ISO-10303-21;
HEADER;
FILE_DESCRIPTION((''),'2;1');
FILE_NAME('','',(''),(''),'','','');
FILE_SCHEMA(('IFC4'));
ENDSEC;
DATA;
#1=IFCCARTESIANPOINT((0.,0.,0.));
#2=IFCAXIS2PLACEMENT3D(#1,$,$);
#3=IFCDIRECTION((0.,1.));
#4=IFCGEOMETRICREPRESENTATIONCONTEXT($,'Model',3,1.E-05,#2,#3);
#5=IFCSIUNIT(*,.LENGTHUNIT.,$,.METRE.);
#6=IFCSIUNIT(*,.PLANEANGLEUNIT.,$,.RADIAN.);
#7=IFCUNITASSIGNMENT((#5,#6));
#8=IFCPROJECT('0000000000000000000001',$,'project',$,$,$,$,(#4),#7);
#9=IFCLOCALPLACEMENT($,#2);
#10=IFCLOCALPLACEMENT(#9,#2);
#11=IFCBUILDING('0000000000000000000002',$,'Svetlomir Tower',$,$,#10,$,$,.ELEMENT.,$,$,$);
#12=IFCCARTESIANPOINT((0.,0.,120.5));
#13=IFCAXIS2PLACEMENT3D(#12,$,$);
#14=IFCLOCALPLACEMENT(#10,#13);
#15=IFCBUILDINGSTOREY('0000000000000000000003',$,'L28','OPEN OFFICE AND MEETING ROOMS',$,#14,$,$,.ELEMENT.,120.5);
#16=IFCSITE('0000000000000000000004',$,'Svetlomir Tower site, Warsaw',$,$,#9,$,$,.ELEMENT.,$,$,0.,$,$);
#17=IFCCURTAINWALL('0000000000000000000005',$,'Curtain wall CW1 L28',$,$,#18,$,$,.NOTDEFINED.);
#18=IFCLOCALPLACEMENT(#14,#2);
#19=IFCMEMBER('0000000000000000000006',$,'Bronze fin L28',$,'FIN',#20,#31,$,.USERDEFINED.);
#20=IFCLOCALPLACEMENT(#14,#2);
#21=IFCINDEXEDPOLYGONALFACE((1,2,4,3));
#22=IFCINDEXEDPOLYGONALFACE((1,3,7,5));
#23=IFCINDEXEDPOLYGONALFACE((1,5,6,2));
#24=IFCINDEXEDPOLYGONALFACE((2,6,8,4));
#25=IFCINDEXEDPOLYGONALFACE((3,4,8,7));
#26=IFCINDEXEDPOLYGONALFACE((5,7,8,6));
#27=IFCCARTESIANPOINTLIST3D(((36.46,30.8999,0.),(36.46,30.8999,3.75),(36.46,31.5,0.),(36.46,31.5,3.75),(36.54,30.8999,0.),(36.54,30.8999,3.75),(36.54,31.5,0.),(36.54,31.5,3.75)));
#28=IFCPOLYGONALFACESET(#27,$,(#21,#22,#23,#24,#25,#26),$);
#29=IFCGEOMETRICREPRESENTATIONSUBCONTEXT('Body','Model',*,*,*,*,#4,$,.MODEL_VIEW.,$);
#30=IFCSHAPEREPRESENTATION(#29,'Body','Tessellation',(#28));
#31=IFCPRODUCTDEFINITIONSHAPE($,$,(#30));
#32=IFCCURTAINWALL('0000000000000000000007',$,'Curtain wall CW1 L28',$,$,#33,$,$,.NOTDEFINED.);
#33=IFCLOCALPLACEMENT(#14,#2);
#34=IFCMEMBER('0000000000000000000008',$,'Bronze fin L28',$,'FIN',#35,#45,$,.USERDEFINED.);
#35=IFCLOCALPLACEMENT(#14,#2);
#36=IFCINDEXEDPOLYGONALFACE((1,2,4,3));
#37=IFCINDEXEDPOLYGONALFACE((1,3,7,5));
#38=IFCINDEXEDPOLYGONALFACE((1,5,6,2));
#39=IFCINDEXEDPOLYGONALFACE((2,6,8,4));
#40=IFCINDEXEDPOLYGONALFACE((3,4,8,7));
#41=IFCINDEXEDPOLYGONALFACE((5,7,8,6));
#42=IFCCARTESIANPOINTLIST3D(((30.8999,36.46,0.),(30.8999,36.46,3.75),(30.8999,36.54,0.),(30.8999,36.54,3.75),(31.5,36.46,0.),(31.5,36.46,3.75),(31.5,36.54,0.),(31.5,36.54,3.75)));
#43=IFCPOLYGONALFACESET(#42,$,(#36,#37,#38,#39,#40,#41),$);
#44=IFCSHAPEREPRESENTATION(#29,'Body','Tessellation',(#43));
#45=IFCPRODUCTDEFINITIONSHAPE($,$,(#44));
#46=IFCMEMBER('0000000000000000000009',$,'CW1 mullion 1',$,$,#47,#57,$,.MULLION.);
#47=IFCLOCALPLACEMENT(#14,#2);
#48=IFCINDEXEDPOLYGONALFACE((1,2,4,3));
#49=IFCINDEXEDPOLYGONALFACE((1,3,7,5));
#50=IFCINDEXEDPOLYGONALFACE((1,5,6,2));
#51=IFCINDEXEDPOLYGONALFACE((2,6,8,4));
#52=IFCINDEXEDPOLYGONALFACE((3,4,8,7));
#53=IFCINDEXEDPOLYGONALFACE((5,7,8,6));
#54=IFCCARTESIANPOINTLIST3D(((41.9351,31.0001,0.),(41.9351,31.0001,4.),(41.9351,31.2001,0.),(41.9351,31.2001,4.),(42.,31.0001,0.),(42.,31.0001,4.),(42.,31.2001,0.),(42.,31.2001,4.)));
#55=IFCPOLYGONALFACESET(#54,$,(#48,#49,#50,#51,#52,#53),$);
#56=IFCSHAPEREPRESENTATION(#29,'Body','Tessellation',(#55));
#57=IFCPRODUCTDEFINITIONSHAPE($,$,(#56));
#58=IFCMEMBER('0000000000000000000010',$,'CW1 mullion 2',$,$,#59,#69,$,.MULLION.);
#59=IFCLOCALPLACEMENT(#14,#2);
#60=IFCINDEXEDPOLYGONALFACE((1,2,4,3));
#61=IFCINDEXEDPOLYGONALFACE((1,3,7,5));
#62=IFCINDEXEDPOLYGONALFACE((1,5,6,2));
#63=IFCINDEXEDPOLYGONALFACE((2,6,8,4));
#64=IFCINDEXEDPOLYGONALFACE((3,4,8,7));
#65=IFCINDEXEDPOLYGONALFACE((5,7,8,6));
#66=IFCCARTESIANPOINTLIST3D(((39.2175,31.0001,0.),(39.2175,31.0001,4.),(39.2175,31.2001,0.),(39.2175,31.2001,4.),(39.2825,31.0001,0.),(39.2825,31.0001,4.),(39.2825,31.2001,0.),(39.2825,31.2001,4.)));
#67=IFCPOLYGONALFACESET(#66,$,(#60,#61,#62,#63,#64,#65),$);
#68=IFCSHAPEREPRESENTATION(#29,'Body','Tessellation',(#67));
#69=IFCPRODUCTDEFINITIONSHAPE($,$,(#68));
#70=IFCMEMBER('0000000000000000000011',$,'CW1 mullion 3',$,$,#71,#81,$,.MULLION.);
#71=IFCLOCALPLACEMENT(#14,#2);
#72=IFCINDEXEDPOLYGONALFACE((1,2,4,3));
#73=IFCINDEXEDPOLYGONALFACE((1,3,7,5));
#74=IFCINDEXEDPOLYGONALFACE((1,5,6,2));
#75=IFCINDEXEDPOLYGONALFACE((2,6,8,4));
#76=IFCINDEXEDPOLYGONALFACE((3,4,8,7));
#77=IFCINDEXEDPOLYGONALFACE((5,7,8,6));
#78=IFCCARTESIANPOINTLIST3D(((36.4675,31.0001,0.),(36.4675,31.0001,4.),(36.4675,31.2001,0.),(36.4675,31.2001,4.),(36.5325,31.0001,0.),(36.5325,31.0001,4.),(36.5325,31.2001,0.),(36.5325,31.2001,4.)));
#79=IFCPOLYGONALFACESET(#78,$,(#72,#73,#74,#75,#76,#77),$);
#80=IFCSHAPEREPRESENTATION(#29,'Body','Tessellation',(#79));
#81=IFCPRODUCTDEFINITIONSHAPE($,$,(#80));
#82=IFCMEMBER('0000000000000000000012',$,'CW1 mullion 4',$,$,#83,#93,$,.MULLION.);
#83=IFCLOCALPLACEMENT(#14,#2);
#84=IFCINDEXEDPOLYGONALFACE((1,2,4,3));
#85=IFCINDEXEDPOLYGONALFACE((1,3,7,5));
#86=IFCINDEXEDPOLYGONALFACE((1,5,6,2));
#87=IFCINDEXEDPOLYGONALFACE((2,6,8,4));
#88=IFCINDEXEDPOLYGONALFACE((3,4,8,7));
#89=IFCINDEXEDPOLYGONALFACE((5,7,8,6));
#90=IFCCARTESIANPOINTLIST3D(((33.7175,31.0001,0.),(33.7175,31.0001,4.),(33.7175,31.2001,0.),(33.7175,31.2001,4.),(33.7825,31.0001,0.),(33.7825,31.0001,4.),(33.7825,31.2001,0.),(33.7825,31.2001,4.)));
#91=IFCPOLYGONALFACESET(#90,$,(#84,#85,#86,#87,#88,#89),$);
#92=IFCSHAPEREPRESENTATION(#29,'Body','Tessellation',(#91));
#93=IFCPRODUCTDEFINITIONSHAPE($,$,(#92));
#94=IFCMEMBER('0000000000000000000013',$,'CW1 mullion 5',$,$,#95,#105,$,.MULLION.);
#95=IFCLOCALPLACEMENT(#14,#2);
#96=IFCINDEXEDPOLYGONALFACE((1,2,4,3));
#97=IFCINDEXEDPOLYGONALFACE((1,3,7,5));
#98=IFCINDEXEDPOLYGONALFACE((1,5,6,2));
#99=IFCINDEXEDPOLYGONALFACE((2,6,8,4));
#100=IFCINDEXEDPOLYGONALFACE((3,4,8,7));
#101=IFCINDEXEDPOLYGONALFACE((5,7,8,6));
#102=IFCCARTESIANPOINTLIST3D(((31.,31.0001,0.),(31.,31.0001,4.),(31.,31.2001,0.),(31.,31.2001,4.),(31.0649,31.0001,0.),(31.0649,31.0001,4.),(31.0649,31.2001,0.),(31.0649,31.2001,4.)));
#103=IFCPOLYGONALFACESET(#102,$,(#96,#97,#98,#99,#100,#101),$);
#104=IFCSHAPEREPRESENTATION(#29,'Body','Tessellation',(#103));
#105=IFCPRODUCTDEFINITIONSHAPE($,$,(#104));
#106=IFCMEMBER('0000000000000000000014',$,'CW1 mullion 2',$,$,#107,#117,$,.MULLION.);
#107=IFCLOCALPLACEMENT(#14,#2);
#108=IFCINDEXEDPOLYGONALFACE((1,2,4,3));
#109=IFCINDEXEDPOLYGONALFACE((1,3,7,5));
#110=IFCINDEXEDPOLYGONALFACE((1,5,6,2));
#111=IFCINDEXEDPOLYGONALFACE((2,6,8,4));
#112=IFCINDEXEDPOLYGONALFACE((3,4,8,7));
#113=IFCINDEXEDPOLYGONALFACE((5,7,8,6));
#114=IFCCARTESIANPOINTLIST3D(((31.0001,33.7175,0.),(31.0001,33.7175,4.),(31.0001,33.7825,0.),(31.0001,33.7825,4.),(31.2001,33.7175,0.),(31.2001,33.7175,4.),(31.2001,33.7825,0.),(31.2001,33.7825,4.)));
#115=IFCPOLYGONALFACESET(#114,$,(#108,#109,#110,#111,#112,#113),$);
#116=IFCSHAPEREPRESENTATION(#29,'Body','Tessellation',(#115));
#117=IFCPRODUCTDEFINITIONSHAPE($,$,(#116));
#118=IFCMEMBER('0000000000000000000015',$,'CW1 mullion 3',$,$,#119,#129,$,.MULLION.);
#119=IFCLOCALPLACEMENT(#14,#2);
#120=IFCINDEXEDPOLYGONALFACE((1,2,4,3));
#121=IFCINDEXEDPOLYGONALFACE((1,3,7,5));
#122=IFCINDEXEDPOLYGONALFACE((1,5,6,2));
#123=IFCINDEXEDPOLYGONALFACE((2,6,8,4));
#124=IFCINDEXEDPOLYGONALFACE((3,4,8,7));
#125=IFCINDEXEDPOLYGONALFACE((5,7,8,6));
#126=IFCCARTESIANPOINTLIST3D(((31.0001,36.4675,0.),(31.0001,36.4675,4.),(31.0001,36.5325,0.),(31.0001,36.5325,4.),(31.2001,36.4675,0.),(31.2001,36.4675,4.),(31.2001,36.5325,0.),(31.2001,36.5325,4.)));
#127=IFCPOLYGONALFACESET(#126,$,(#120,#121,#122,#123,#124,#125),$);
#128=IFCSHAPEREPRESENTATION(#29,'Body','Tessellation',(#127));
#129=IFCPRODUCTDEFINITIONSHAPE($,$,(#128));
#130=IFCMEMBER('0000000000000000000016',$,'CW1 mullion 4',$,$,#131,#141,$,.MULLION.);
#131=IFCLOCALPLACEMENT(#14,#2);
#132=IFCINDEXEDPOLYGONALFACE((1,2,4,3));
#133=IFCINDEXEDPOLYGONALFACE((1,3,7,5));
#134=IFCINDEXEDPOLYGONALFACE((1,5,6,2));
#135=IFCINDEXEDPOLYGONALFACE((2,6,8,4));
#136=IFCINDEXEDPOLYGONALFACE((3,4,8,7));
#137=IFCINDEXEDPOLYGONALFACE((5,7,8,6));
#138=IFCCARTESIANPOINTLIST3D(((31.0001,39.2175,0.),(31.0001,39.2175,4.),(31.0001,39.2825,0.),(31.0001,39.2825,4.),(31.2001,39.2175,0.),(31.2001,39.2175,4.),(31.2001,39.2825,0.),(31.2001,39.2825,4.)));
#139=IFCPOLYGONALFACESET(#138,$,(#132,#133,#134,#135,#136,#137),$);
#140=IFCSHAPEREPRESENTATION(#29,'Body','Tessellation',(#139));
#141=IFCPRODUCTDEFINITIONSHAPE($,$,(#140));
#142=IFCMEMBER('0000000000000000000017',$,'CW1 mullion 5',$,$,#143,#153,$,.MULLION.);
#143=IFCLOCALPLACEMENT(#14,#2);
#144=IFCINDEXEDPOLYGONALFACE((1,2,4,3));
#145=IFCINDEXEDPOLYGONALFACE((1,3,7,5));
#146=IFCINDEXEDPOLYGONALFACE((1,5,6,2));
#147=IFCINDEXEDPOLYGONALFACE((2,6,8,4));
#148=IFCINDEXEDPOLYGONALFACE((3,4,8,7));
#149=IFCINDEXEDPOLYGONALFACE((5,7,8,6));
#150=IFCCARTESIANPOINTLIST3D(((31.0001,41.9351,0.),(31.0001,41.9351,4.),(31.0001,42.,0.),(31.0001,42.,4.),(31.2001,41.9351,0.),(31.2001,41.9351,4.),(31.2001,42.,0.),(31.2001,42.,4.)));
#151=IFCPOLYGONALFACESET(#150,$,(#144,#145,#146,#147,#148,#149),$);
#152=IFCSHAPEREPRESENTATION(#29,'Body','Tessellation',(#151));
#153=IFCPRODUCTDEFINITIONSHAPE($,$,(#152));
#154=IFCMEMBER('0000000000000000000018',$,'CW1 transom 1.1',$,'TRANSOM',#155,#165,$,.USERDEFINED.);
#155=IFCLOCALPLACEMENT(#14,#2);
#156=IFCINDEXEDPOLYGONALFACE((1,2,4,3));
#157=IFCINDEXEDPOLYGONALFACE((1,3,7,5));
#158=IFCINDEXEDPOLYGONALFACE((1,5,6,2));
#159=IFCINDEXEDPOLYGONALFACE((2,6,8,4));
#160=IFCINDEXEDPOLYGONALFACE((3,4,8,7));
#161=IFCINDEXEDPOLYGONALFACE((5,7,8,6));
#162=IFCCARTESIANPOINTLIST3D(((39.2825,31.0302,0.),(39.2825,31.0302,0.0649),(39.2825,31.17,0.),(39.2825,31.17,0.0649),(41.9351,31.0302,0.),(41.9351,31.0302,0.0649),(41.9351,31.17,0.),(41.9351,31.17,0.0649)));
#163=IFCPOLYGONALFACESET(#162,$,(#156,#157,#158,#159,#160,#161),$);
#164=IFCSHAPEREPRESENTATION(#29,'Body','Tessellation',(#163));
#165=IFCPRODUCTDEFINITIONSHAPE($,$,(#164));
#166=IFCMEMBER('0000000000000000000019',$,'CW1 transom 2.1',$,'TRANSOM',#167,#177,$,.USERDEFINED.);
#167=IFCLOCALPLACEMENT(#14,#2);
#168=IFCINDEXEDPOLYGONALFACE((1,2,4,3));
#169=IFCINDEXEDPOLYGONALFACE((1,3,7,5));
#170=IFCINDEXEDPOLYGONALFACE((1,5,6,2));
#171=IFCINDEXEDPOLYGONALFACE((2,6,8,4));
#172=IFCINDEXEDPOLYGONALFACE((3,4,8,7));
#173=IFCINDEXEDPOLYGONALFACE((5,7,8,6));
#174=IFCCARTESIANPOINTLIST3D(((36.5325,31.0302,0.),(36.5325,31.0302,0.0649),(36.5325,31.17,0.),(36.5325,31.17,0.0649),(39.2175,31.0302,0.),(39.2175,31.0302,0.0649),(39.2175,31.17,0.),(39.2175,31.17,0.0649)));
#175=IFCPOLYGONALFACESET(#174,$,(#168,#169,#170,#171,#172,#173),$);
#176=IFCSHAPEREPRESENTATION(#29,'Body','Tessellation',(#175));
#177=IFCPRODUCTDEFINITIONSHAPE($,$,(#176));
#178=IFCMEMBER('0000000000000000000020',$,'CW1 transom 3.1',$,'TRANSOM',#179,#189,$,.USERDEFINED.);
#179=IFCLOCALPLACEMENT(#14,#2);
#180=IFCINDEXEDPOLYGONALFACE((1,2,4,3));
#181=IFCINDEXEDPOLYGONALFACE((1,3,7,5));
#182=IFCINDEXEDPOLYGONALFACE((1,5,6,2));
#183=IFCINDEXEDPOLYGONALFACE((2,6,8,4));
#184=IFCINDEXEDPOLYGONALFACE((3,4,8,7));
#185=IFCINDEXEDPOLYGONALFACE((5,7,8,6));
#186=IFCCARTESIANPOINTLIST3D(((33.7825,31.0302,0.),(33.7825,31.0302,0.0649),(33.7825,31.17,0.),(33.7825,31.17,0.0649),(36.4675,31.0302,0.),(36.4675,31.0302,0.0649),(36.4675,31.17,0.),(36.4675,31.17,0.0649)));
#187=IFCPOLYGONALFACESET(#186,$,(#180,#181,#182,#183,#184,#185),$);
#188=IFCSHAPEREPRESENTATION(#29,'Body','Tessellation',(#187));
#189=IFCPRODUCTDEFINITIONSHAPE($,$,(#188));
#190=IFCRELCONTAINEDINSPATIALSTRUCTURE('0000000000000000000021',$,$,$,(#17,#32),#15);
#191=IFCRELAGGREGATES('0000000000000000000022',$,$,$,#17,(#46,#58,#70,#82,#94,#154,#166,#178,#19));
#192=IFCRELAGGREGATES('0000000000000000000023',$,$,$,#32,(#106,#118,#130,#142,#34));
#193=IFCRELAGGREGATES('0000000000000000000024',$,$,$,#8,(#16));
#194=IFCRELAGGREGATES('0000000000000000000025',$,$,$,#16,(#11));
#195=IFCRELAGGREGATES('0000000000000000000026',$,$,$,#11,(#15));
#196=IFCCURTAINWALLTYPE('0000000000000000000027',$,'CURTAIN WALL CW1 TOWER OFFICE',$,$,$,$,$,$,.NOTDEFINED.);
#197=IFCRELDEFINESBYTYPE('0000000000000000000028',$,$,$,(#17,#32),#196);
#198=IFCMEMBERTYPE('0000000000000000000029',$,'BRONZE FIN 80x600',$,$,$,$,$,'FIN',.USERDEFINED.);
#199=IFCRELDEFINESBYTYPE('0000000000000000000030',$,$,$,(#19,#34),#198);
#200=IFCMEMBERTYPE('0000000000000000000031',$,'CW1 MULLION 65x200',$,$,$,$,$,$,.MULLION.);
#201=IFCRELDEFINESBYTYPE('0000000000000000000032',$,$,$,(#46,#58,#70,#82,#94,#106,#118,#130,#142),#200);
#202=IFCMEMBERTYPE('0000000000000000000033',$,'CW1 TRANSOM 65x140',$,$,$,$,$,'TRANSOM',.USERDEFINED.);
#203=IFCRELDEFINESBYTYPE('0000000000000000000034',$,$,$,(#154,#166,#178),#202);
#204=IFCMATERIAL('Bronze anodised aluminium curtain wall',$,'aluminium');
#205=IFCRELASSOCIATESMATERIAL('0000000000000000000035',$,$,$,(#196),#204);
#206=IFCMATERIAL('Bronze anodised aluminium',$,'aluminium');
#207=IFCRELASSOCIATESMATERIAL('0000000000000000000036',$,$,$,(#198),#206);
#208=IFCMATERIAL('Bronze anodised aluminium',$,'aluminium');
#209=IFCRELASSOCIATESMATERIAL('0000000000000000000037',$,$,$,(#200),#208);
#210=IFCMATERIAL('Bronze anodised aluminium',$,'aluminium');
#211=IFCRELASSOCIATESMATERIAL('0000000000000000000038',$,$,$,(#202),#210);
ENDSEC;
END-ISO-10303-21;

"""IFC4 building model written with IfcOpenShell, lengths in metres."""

from ifc_helpers import new_model, si_unit, direction, frame, origin, origin_2d, place, context, subcontext, project, spatial, rectangle, extrude, material, material_profile, profile_set, type_object, element, aggregate, save


model = new_model("IFC4")

# Units and contexts
model_context = context("Model", 3, precision=1e-05, world=origin(), true_north=direction((0.0, 1.0)))
body_context = subcontext(model_context, "Body", "Model", "MODEL_VIEW")
ifc_project = project(units=[si_unit("LENGTHUNIT", "METRE"), si_unit("PLANEANGLEUNIT", "RADIAN")], contexts=[model_context])

# Site, building, storey
site_placement = place(None, origin())
site = spatial("IfcSite", under=ifc_project, at=site_placement, Name="Svetlomir Tower site, Warsaw", CompositionType="ELEMENT", RefElevation=0.0)
building_placement = place(site_placement, origin())
building = spatial("IfcBuilding", under=site, at=building_placement, Name="Svetlomir Tower", CompositionType="ELEMENT")
storey_placement = place(building_placement, frame((0.0, 0.0, 120.5)))
storey = spatial("IfcBuildingStorey", under=building, at=storey_placement, Name="L28", Description="OPEN OFFICE AND MEETING ROOMS", CompositionType="ELEMENT", Elevation=120.5)

# Curtain walls, members
ifc_material_1 = material(Name="Bronze anodised aluminium curtain wall", Category="aluminium")
curtain_wall_type = type_object("IfcCurtainWallType", Name="CURTAIN WALL CW1 TOWER OFFICE", PredefinedType="NOTDEFINED", material=ifc_material_1)
curtain_wall_1_placement = place(storey_placement, origin())
curtain_wall_1 = element("IfcCurtainWall", 1, at=curtain_wall_1_placement, inside=storey, type_object=curtain_wall_type, Name="Curtain wall CW1 L28", PredefinedType="NOTDEFINED")
ifc_material_2 = material(Name="Bronze anodised aluminium", Category="aluminium")
ifc_material_profile_1 = material_profile(ifc_material_2, rectangle(XDim=0.0801, YDim=0.6001, at=origin_2d()), Name="FIN 80x600")
ifc_profile_set_1 = profile_set([ifc_material_profile_1], Name="Bronze anodised aluminium 6063-T6")
member_type_1 = type_object("IfcMemberType", Name="BRONZE FIN 80x600", ElementType="FIN", PredefinedType="USERDEFINED", material=ifc_profile_set_1)
member_1_placement = place(storey_placement, frame((36.5, 31.2, 0.0), z_axis=(0.0, 0.0, 1.0), x_axis=(1.0, 0.0, 0.0)))
member_1 = element("IfcMember", 2, at=member_1_placement, type_object=member_type_1, Name="Bronze fin L28", ObjectType="FIN", PredefinedType="USERDEFINED", context=body_context, shape_type="SweptSolid", body=[
    extrude(rectangle(XDim=0.0801, YDim=0.6001, at=origin_2d()), origin(), (0.0, 0.0, 1.0), 3.75),
])
curtain_wall_2_placement = place(storey_placement, origin())
curtain_wall_2 = element("IfcCurtainWall", 3, at=curtain_wall_2_placement, inside=storey, type_object=curtain_wall_type, Name="Curtain wall CW1 L28", PredefinedType="NOTDEFINED")
member_2_placement = place(storey_placement, frame((31.2, 36.5, 0.0), z_axis=(0.0, 0.0, 1.0), x_axis=(0.0, 1.0, 0.0)))
member_2 = element("IfcMember", 4, at=member_2_placement, type_object=member_type_1, Name="Bronze fin L28", ObjectType="FIN", PredefinedType="USERDEFINED", context=body_context, shape_type="SweptSolid", body=[
    extrude(rectangle(XDim=0.0801, YDim=0.6001, at=origin_2d()), origin(), (0.0, 0.0, 1.0), 3.75),
])

# Members
ifc_material_3 = material(Name="Bronze anodised aluminium", Category="aluminium")
ifc_material_profile_2 = material_profile(ifc_material_3, rectangle(XDim=0.0649, YDim=0.2, at=origin_2d()), Name="AL 65x200")
ifc_profile_set_2 = profile_set([ifc_material_profile_2], Name="Bronze anodised aluminium 6063-T6")
member_type_2 = type_object("IfcMemberType", Name="CW1 MULLION 65x200", PredefinedType="MULLION", material=ifc_profile_set_2)
member_3_placement = place(storey_placement, frame((41.9675, 31.1001, 0.0), z_axis=(0.0, 0.0, 1.0), x_axis=(-1.0, 0.0, 0.0)))
member_3 = element("IfcMember", 5, at=member_3_placement, type_object=member_type_2, Name="CW1 mullion 1", PredefinedType="MULLION", context=body_context, shape_type="SweptSolid", body=[
    extrude(rectangle(XDim=0.0649, YDim=0.2, at=origin_2d()), origin(), (0.0, 0.0, 1.0), 4.0),
])
member_4_placement = place(storey_placement, frame((39.25, 31.1001, 0.0), z_axis=(0.0, 0.0, 1.0), x_axis=(-1.0, 0.0, 0.0)))
member_4 = element("IfcMember", 6, at=member_4_placement, type_object=member_type_2, Name="CW1 mullion 2", PredefinedType="MULLION", context=body_context, shape_type="SweptSolid", body=[
    extrude(rectangle(XDim=0.0649, YDim=0.2, at=origin_2d()), origin(), (0.0, 0.0, 1.0), 4.0),
])
member_5_placement = place(storey_placement, frame((36.5, 31.1001, 0.0), z_axis=(0.0, 0.0, 1.0), x_axis=(-1.0, 0.0, 0.0)))
member_5 = element("IfcMember", 7, at=member_5_placement, type_object=member_type_2, Name="CW1 mullion 3", PredefinedType="MULLION", context=body_context, shape_type="SweptSolid", body=[
    extrude(rectangle(XDim=0.0649, YDim=0.2, at=origin_2d()), origin(), (0.0, 0.0, 1.0), 4.0),
])
member_6_placement = place(storey_placement, frame((33.75, 31.1001, 0.0), z_axis=(0.0, 0.0, 1.0), x_axis=(-1.0, 0.0, 0.0)))
member_6 = element("IfcMember", 8, at=member_6_placement, type_object=member_type_2, Name="CW1 mullion 4", PredefinedType="MULLION", context=body_context, shape_type="SweptSolid", body=[
    extrude(rectangle(XDim=0.0649, YDim=0.2, at=origin_2d()), origin(), (0.0, 0.0, 1.0), 4.0),
])
member_7_placement = place(storey_placement, frame((31.0325, 31.1001, 0.0), z_axis=(0.0, 0.0, 1.0), x_axis=(-1.0, 0.0, 0.0)))
member_7 = element("IfcMember", 9, at=member_7_placement, type_object=member_type_2, Name="CW1 mullion 5", PredefinedType="MULLION", context=body_context, shape_type="SweptSolid", body=[
    extrude(rectangle(XDim=0.0649, YDim=0.2, at=origin_2d()), origin(), (0.0, 0.0, 1.0), 4.0),
])
member_8_placement = place(storey_placement, frame((31.1001, 33.75, 0.0), z_axis=(0.0, 0.0, 1.0), x_axis=(0.0, 1.0, 0.0)))
member_8 = element("IfcMember", 10, at=member_8_placement, type_object=member_type_2, Name="CW1 mullion 2", PredefinedType="MULLION", context=body_context, shape_type="SweptSolid", body=[
    extrude(rectangle(XDim=0.0649, YDim=0.2, at=origin_2d()), origin(), (0.0, 0.0, 1.0), 4.0),
])
member_9_placement = place(storey_placement, frame((31.1001, 36.5, 0.0), z_axis=(0.0, 0.0, 1.0), x_axis=(0.0, 1.0, 0.0)))
member_9 = element("IfcMember", 11, at=member_9_placement, type_object=member_type_2, Name="CW1 mullion 3", PredefinedType="MULLION", context=body_context, shape_type="SweptSolid", body=[
    extrude(rectangle(XDim=0.0649, YDim=0.2, at=origin_2d()), origin(), (0.0, 0.0, 1.0), 4.0),
])
member_10_placement = place(storey_placement, frame((31.1001, 39.25, 0.0), z_axis=(0.0, 0.0, 1.0), x_axis=(0.0, 1.0, 0.0)))
member_10 = element("IfcMember", 12, at=member_10_placement, type_object=member_type_2, Name="CW1 mullion 4", PredefinedType="MULLION", context=body_context, shape_type="SweptSolid", body=[
    extrude(rectangle(XDim=0.0649, YDim=0.2, at=origin_2d()), origin(), (0.0, 0.0, 1.0), 4.0),
])
member_11_placement = place(storey_placement, frame((31.1001, 41.9675, 0.0), z_axis=(0.0, 0.0, 1.0), x_axis=(0.0, 1.0, 0.0)))
member_11 = element("IfcMember", 13, at=member_11_placement, type_object=member_type_2, Name="CW1 mullion 5", PredefinedType="MULLION", context=body_context, shape_type="SweptSolid", body=[
    extrude(rectangle(XDim=0.0649, YDim=0.2, at=origin_2d()), origin(), (0.0, 0.0, 1.0), 4.0),
])
ifc_material_4 = material(Name="Bronze anodised aluminium", Category="aluminium")
ifc_material_profile_3 = material_profile(ifc_material_4, rectangle(XDim=0.1399, YDim=0.0649, at=origin_2d()), Name="AL 140x65")
ifc_profile_set_3 = profile_set([ifc_material_profile_3], Name="Bronze anodised aluminium 6063-T6")
member_type_3 = type_object("IfcMemberType", Name="CW1 TRANSOM 65x140", ElementType="TRANSOM", PredefinedType="USERDEFINED", material=ifc_profile_set_3)
member_12_placement = place(storey_placement, frame((41.9351, 31.1001, 0.0325), z_axis=(-1.0, 0.0, 0.0), x_axis=(0.0, -1.0, 0.0)))
member_12 = element("IfcMember", 14, at=member_12_placement, type_object=member_type_3, Name="CW1 transom 1.1", ObjectType="TRANSOM", PredefinedType="USERDEFINED", context=body_context, shape_type="SweptSolid", body=[
    extrude(rectangle(XDim=0.1399, YDim=0.0649, at=origin_2d()), origin(), (0.0, 0.0, 1.0), 2.6526),
])
member_13_placement = place(storey_placement, frame((39.2175, 31.1001, 0.0325), z_axis=(-1.0, 0.0, 0.0), x_axis=(0.0, -1.0, 0.0)))
member_13 = element("IfcMember", 15, at=member_13_placement, type_object=member_type_3, Name="CW1 transom 2.1", ObjectType="TRANSOM", PredefinedType="USERDEFINED", context=body_context, shape_type="SweptSolid", body=[
    extrude(rectangle(XDim=0.1399, YDim=0.0649, at=origin_2d()), origin(), (0.0, 0.0, 1.0), 2.6851),
])
member_14_placement = place(storey_placement, frame((36.4675, 31.1001, 0.0325), z_axis=(-1.0, 0.0, 0.0), x_axis=(0.0, -1.0, 0.0)))
member_14 = element("IfcMember", 16, at=member_14_placement, type_object=member_type_3, Name="CW1 transom 3.1", ObjectType="TRANSOM", PredefinedType="USERDEFINED", context=body_context, shape_type="SweptSolid", body=[
    extrude(rectangle(XDim=0.1399, YDim=0.0649, at=origin_2d()), origin(), (0.0, 0.0, 1.0), 2.6851),
])

aggregate(curtain_wall_1, [member_3, member_4, member_5, member_6, member_7, member_12, member_13, member_14, member_1])
aggregate(curtain_wall_2, [member_8, member_9, member_10, member_11, member_2])

save(model, "model.ifc")
